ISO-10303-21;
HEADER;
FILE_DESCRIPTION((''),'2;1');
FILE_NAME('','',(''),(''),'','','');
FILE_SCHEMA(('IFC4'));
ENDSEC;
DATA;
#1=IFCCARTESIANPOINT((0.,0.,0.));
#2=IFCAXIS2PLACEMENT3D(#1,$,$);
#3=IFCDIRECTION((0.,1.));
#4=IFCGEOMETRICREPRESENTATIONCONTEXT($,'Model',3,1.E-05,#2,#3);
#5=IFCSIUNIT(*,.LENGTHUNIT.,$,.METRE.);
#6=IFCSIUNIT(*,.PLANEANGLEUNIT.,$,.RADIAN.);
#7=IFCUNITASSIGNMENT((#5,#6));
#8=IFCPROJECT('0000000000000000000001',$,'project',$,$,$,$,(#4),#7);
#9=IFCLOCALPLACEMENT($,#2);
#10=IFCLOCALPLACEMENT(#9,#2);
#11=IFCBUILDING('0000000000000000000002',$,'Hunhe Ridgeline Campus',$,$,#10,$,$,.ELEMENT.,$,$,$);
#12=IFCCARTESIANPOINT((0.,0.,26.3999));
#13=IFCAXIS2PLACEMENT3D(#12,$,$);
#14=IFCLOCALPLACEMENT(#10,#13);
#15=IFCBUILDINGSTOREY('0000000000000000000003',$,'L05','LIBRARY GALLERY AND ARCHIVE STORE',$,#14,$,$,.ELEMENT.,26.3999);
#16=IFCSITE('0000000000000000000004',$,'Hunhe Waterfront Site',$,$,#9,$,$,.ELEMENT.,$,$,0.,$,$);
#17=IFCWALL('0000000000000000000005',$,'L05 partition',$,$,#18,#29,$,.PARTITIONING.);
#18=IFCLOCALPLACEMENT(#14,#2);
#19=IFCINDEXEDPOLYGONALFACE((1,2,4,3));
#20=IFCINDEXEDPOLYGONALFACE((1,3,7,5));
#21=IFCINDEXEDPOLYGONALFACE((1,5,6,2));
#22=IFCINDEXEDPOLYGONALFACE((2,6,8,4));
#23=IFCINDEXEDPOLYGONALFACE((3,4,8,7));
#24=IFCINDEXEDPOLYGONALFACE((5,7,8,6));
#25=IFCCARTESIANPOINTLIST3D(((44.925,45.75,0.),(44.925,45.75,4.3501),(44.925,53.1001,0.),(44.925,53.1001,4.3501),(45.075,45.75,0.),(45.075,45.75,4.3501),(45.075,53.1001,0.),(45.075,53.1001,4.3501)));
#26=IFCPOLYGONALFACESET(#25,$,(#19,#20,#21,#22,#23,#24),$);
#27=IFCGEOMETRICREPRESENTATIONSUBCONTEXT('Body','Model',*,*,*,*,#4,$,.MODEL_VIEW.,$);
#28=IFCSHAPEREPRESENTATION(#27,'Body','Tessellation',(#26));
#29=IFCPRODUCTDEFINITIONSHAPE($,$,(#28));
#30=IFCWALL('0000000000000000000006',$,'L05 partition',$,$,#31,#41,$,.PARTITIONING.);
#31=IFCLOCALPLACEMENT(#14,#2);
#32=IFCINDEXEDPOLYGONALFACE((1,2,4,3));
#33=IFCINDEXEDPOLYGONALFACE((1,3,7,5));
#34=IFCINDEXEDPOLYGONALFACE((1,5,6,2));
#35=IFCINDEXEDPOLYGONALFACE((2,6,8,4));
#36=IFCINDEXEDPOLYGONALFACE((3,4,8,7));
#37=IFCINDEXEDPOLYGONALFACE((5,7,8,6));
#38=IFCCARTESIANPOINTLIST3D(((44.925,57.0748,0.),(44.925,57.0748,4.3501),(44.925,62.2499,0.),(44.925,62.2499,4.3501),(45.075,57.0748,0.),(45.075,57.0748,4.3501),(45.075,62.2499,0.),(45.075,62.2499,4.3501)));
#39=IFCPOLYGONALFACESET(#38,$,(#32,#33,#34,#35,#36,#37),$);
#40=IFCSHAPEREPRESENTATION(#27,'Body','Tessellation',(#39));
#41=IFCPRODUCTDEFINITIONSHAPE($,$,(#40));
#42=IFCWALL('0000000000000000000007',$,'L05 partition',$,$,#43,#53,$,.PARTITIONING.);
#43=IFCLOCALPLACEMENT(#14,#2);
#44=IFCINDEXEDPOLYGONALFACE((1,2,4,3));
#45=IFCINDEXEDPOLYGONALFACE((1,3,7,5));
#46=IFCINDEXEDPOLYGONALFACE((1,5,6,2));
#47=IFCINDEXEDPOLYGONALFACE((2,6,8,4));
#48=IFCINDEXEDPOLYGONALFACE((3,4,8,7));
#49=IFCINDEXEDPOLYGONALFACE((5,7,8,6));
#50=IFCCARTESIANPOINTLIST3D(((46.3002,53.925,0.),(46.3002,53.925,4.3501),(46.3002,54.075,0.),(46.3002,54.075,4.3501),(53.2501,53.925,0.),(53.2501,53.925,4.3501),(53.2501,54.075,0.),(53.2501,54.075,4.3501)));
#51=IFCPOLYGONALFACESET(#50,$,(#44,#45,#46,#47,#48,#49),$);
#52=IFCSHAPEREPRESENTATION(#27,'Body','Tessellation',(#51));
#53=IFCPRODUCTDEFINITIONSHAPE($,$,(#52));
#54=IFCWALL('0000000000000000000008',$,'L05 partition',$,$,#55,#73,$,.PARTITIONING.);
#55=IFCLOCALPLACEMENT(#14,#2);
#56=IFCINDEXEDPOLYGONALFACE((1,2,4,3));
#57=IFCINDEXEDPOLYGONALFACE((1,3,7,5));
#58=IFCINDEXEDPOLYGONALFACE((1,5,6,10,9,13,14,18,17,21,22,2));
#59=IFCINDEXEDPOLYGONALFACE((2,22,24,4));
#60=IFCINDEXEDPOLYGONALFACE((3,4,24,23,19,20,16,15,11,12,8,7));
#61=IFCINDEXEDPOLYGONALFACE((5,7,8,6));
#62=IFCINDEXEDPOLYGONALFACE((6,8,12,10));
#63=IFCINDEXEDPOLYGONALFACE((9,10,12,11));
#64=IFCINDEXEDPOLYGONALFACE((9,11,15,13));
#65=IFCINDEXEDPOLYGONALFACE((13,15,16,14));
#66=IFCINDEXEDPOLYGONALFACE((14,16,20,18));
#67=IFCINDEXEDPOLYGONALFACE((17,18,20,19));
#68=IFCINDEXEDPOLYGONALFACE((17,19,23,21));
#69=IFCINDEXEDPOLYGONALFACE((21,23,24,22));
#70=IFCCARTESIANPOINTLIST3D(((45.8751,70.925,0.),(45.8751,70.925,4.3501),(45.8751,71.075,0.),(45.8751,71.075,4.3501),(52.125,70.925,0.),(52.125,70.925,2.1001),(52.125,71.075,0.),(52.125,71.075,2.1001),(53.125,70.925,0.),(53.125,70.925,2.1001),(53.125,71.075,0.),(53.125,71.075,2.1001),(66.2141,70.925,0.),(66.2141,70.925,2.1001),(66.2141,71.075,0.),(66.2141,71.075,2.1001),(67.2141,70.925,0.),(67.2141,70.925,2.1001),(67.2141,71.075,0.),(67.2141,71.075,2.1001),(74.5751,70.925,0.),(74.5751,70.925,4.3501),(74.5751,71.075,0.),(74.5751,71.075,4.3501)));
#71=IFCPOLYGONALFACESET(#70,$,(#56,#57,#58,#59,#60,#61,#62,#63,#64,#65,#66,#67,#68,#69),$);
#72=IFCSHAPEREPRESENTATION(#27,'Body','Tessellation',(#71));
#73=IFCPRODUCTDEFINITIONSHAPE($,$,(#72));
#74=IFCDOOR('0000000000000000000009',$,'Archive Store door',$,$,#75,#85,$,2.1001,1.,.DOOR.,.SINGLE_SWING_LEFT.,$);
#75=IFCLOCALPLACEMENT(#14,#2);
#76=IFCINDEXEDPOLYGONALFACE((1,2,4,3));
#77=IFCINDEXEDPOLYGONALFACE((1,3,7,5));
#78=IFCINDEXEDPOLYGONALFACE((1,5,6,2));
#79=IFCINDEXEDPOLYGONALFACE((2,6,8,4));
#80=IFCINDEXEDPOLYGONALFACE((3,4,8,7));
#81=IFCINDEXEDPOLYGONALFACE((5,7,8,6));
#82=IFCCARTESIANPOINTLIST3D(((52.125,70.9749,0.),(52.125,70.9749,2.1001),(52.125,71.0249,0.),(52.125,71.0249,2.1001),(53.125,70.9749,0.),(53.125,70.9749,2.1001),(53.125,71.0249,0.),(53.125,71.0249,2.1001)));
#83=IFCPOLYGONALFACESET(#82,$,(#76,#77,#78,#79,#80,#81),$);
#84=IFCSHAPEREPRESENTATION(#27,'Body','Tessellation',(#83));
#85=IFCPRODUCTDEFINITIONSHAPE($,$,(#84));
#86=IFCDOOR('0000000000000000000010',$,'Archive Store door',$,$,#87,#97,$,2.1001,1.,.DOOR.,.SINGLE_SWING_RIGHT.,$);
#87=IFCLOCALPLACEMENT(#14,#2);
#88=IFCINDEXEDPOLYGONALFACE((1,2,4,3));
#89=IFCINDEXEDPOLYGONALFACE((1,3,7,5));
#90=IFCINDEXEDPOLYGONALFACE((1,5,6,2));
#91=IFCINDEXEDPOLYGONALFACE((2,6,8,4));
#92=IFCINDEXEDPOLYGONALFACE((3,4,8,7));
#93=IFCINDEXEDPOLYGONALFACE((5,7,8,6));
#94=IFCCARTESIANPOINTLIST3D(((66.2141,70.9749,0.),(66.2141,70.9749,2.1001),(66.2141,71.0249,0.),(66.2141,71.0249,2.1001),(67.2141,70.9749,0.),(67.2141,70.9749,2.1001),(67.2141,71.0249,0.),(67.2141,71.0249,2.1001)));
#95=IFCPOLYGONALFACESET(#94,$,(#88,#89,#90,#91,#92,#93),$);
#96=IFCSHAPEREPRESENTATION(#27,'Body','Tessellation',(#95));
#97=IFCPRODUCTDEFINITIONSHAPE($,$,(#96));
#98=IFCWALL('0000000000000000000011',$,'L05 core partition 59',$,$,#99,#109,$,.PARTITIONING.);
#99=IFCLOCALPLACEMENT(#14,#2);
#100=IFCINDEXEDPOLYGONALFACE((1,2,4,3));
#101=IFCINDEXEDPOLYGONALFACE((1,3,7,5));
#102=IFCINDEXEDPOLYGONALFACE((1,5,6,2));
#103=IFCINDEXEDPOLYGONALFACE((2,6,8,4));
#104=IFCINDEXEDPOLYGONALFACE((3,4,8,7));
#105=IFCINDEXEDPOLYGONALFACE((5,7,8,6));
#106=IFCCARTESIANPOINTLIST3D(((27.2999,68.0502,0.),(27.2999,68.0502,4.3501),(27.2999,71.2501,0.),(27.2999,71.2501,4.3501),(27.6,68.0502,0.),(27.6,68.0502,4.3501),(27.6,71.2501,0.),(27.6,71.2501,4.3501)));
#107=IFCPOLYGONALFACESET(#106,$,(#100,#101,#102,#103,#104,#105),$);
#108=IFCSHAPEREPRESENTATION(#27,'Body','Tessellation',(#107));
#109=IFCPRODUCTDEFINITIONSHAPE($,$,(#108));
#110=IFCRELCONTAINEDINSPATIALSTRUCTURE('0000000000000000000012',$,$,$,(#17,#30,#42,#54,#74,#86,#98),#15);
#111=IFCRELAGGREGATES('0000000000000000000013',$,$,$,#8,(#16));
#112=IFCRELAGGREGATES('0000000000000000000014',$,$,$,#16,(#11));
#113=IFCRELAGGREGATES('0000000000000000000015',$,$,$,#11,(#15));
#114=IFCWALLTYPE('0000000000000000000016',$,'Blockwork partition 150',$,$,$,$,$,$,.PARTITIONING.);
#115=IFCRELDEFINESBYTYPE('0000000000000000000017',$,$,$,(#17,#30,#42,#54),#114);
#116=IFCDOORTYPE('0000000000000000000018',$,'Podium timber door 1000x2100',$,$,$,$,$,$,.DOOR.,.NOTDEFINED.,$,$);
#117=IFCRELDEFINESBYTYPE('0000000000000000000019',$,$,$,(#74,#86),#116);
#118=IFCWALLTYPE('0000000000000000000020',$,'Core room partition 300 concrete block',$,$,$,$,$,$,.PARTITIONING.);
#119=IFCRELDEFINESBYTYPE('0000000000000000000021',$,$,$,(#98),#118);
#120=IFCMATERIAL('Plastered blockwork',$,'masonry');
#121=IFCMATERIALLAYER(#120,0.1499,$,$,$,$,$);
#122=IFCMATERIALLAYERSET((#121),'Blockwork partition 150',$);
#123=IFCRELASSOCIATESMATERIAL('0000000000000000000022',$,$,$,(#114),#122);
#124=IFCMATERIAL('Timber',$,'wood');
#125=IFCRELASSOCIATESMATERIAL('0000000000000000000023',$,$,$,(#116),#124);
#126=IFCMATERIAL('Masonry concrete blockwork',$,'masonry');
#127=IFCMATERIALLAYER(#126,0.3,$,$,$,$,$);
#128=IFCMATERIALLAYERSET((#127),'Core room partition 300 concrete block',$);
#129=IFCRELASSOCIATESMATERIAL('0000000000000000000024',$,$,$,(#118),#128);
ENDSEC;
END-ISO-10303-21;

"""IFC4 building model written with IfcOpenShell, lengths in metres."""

from ifc_helpers import new_model, si_unit, direction, frame, frame_2d, origin, place, context, subcontext, project, spatial, rectangle, extrude, material, layer, layer_set, type_object, element, fill, save


model = new_model("IFC4")

# Units and contexts
model_context = context("Model", 3, precision=1e-05, world=origin(), true_north=direction((0.0, 1.0)))
body_context = subcontext(model_context, "Body", "Model", "MODEL_VIEW")
ifc_project = project(units=[si_unit("LENGTHUNIT", "METRE"), si_unit("PLANEANGLEUNIT", "RADIAN")], contexts=[model_context])

# Site, building, storey
site_placement = place(None, origin())
site = spatial("IfcSite", under=ifc_project, at=site_placement, Name="Hunhe Waterfront Site", CompositionType="ELEMENT", RefElevation=0.0)
building_placement = place(site_placement, origin())
building = spatial("IfcBuilding", under=site, at=building_placement, Name="Hunhe Ridgeline Campus", CompositionType="ELEMENT")
storey_placement = place(building_placement, frame((0.0, 0.0, 26.3999)))
storey = spatial("IfcBuildingStorey", under=building, at=storey_placement, Name="L05", Description="LIBRARY GALLERY AND ARCHIVE STORE", CompositionType="ELEMENT", Elevation=26.3999)

# Shared definitions
ifc_material_1 = material(Name="Plastered blockwork", Category="masonry")
ifc_layer_1 = layer(ifc_material_1, 0.1499)
ifc_layer_set_1 = layer_set([ifc_layer_1], Name="Blockwork partition 150")
wall_type_1 = type_object("IfcWallType", Name="Blockwork partition 150", PredefinedType="PARTITIONING", material=ifc_layer_set_1)

# Shared definitions
ifc_material_2 = material(Name="Timber", Category="wood")
door_type_1 = type_object("IfcDoorType", Name="Podium timber door 1000x2100", OperationType="NOTDEFINED", PredefinedType="DOOR", material=ifc_material_2)

# Walls
wall_1_placement = place(storey_placement, frame((45.0, 45.75, 0.0), z_axis=(0.0, 0.0, 1.0), x_axis=(0.0, 1.0, 0.0)))
element("IfcWall", 1, at=wall_1_placement, inside=storey, type_object=wall_type_1, Name="L05 partition", PredefinedType="PARTITIONING", context=body_context, shape_type="SweptSolid", body=[
    extrude(rectangle(XDim=7.3501, YDim=0.1499, at=frame_2d((3.675, 0.0))), origin(), (0.0, 0.0, 1.0), 4.3501),
])
wall_2_placement = place(storey_placement, frame((45.0, 57.075, 0.0), z_axis=(0.0, 0.0, 1.0), x_axis=(0.0, 1.0, 0.0)))
element("IfcWall", 2, at=wall_2_placement, inside=storey, type_object=wall_type_1, Name="L05 partition", PredefinedType="PARTITIONING", context=body_context, shape_type="SweptSolid", body=[
    extrude(rectangle(XDim=5.175, YDim=0.1499, at=frame_2d((2.5874, 0.0))), origin(), (0.0, 0.0, 1.0), 4.3501),
])
wall_3_placement = place(storey_placement, frame((46.3, 54.0, 0.0), z_axis=(0.0, 0.0, 1.0), x_axis=(1.0, 0.0, 0.0)))
element("IfcWall", 3, at=wall_3_placement, inside=storey, type_object=wall_type_1, Name="L05 partition", PredefinedType="PARTITIONING", context=body_context, shape_type="SweptSolid", body=[
    extrude(rectangle(XDim=6.95, YDim=0.1499, at=frame_2d((3.4751, 0.0))), origin(), (0.0, 0.0, 1.0), 4.3501),
])

# Wall, openings, doors
wall_4_placement = place(storey_placement, frame((45.875, 71.0, 0.0), z_axis=(0.0, 0.0, 1.0), x_axis=(1.0, 0.0, 0.0)))
wall_4 = element("IfcWall", 4, at=wall_4_placement, inside=storey, type_object=wall_type_1, Name="L05 partition", PredefinedType="PARTITIONING", context=body_context, shape_type="SweptSolid", body=[
    extrude(rectangle(XDim=28.7, YDim=0.1499, at=frame_2d((14.3501, 0.0))), origin(), (0.0, 0.0, 1.0), 4.3501),
])
opening_1_placement = place(wall_4_placement, frame((6.25, 0.0, 0.0)))
opening_1 = element("IfcOpeningElement", 5, at=opening_1_placement, cuts=wall_4, PredefinedType="OPENING", context=body_context, shape_type="SweptSolid", body=[
    extrude(rectangle(XDim=1.0, YDim=2.1001, at=frame_2d((0.5, 1.05))), frame((0.0, 0.075, 0.0), z_axis=(0.0, -1.0, 0.0), x_axis=(1.0, 0.0, 0.0)), (0.0, 0.0, 1.0), 0.1499),
])
opening_2_placement = place(wall_4_placement, frame((20.3391, 0.0, 0.0)))
opening_2 = element("IfcOpeningElement", 6, at=opening_2_placement, cuts=wall_4, PredefinedType="OPENING", context=body_context, shape_type="SweptSolid", body=[
    extrude(rectangle(XDim=1.0, YDim=2.1001, at=frame_2d((0.5, 1.05))), frame((0.0, 0.075, 0.0), z_axis=(0.0, -1.0, 0.0), x_axis=(1.0, 0.0, 0.0)), (0.0, 0.0, 1.0), 0.1499),
])
door_1_placement = place(opening_1_placement, origin())
door_1 = element("IfcDoor", 7, at=door_1_placement, inside=storey, type_object=door_type_1, Name="Archive Store door", OperationType="SINGLE_SWING_LEFT", OverallHeight=2.1001, OverallWidth=1.0, PredefinedType="DOOR", context=body_context, shape_type="SweptSolid", body=[
    extrude(rectangle(XDim=1.0, YDim=2.1001, at=frame_2d((0.5, 1.05))), frame((0.0, 0.0249, 0.0), z_axis=(0.0, -1.0, 0.0), x_axis=(1.0, 0.0, 0.0)), (0.0, 0.0, 1.0), 0.05),
])
fill(opening_1, door_1)
door_2_placement = place(opening_2_placement, origin())
door_2 = element("IfcDoor", 8, at=door_2_placement, inside=storey, type_object=door_type_1, Name="Archive Store door", OperationType="SINGLE_SWING_RIGHT", OverallHeight=2.1001, OverallWidth=1.0, PredefinedType="DOOR", context=body_context, shape_type="SweptSolid", body=[
    extrude(rectangle(XDim=1.0, YDim=2.1001, at=frame_2d((0.5, 1.05))), frame((0.0, 0.0249, 0.0), z_axis=(0.0, -1.0, 0.0), x_axis=(1.0, 0.0, 0.0)), (0.0, 0.0, 1.0), 0.05),
])
fill(opening_2, door_2)

# Wall
ifc_material_3 = material(Name="Masonry concrete blockwork", Category="masonry")
ifc_layer_2 = layer(ifc_material_3, 0.3)
ifc_layer_set_2 = layer_set([ifc_layer_2], Name="Core room partition 300 concrete block")
wall_type_2 = type_object("IfcWallType", Name="Core room partition 300 concrete block", PredefinedType="PARTITIONING", material=ifc_layer_set_2)
wall_5_placement = place(storey_placement, frame((27.45, 68.05, 0.0), z_axis=(0.0, 0.0, 1.0), x_axis=(0.0, 1.0, 0.0)))
element("IfcWall", 9, at=wall_5_placement, inside=storey, type_object=wall_type_2, Name="L05 core partition 59", PredefinedType="PARTITIONING", context=body_context, shape_type="SweptSolid", body=[
    extrude(rectangle(XDim=3.2, YDim=0.3, at=frame_2d((1.6001, 0.0))), origin(), (0.0, 0.0, 1.0), 4.3501),
])

save(model, "model.ifc")
